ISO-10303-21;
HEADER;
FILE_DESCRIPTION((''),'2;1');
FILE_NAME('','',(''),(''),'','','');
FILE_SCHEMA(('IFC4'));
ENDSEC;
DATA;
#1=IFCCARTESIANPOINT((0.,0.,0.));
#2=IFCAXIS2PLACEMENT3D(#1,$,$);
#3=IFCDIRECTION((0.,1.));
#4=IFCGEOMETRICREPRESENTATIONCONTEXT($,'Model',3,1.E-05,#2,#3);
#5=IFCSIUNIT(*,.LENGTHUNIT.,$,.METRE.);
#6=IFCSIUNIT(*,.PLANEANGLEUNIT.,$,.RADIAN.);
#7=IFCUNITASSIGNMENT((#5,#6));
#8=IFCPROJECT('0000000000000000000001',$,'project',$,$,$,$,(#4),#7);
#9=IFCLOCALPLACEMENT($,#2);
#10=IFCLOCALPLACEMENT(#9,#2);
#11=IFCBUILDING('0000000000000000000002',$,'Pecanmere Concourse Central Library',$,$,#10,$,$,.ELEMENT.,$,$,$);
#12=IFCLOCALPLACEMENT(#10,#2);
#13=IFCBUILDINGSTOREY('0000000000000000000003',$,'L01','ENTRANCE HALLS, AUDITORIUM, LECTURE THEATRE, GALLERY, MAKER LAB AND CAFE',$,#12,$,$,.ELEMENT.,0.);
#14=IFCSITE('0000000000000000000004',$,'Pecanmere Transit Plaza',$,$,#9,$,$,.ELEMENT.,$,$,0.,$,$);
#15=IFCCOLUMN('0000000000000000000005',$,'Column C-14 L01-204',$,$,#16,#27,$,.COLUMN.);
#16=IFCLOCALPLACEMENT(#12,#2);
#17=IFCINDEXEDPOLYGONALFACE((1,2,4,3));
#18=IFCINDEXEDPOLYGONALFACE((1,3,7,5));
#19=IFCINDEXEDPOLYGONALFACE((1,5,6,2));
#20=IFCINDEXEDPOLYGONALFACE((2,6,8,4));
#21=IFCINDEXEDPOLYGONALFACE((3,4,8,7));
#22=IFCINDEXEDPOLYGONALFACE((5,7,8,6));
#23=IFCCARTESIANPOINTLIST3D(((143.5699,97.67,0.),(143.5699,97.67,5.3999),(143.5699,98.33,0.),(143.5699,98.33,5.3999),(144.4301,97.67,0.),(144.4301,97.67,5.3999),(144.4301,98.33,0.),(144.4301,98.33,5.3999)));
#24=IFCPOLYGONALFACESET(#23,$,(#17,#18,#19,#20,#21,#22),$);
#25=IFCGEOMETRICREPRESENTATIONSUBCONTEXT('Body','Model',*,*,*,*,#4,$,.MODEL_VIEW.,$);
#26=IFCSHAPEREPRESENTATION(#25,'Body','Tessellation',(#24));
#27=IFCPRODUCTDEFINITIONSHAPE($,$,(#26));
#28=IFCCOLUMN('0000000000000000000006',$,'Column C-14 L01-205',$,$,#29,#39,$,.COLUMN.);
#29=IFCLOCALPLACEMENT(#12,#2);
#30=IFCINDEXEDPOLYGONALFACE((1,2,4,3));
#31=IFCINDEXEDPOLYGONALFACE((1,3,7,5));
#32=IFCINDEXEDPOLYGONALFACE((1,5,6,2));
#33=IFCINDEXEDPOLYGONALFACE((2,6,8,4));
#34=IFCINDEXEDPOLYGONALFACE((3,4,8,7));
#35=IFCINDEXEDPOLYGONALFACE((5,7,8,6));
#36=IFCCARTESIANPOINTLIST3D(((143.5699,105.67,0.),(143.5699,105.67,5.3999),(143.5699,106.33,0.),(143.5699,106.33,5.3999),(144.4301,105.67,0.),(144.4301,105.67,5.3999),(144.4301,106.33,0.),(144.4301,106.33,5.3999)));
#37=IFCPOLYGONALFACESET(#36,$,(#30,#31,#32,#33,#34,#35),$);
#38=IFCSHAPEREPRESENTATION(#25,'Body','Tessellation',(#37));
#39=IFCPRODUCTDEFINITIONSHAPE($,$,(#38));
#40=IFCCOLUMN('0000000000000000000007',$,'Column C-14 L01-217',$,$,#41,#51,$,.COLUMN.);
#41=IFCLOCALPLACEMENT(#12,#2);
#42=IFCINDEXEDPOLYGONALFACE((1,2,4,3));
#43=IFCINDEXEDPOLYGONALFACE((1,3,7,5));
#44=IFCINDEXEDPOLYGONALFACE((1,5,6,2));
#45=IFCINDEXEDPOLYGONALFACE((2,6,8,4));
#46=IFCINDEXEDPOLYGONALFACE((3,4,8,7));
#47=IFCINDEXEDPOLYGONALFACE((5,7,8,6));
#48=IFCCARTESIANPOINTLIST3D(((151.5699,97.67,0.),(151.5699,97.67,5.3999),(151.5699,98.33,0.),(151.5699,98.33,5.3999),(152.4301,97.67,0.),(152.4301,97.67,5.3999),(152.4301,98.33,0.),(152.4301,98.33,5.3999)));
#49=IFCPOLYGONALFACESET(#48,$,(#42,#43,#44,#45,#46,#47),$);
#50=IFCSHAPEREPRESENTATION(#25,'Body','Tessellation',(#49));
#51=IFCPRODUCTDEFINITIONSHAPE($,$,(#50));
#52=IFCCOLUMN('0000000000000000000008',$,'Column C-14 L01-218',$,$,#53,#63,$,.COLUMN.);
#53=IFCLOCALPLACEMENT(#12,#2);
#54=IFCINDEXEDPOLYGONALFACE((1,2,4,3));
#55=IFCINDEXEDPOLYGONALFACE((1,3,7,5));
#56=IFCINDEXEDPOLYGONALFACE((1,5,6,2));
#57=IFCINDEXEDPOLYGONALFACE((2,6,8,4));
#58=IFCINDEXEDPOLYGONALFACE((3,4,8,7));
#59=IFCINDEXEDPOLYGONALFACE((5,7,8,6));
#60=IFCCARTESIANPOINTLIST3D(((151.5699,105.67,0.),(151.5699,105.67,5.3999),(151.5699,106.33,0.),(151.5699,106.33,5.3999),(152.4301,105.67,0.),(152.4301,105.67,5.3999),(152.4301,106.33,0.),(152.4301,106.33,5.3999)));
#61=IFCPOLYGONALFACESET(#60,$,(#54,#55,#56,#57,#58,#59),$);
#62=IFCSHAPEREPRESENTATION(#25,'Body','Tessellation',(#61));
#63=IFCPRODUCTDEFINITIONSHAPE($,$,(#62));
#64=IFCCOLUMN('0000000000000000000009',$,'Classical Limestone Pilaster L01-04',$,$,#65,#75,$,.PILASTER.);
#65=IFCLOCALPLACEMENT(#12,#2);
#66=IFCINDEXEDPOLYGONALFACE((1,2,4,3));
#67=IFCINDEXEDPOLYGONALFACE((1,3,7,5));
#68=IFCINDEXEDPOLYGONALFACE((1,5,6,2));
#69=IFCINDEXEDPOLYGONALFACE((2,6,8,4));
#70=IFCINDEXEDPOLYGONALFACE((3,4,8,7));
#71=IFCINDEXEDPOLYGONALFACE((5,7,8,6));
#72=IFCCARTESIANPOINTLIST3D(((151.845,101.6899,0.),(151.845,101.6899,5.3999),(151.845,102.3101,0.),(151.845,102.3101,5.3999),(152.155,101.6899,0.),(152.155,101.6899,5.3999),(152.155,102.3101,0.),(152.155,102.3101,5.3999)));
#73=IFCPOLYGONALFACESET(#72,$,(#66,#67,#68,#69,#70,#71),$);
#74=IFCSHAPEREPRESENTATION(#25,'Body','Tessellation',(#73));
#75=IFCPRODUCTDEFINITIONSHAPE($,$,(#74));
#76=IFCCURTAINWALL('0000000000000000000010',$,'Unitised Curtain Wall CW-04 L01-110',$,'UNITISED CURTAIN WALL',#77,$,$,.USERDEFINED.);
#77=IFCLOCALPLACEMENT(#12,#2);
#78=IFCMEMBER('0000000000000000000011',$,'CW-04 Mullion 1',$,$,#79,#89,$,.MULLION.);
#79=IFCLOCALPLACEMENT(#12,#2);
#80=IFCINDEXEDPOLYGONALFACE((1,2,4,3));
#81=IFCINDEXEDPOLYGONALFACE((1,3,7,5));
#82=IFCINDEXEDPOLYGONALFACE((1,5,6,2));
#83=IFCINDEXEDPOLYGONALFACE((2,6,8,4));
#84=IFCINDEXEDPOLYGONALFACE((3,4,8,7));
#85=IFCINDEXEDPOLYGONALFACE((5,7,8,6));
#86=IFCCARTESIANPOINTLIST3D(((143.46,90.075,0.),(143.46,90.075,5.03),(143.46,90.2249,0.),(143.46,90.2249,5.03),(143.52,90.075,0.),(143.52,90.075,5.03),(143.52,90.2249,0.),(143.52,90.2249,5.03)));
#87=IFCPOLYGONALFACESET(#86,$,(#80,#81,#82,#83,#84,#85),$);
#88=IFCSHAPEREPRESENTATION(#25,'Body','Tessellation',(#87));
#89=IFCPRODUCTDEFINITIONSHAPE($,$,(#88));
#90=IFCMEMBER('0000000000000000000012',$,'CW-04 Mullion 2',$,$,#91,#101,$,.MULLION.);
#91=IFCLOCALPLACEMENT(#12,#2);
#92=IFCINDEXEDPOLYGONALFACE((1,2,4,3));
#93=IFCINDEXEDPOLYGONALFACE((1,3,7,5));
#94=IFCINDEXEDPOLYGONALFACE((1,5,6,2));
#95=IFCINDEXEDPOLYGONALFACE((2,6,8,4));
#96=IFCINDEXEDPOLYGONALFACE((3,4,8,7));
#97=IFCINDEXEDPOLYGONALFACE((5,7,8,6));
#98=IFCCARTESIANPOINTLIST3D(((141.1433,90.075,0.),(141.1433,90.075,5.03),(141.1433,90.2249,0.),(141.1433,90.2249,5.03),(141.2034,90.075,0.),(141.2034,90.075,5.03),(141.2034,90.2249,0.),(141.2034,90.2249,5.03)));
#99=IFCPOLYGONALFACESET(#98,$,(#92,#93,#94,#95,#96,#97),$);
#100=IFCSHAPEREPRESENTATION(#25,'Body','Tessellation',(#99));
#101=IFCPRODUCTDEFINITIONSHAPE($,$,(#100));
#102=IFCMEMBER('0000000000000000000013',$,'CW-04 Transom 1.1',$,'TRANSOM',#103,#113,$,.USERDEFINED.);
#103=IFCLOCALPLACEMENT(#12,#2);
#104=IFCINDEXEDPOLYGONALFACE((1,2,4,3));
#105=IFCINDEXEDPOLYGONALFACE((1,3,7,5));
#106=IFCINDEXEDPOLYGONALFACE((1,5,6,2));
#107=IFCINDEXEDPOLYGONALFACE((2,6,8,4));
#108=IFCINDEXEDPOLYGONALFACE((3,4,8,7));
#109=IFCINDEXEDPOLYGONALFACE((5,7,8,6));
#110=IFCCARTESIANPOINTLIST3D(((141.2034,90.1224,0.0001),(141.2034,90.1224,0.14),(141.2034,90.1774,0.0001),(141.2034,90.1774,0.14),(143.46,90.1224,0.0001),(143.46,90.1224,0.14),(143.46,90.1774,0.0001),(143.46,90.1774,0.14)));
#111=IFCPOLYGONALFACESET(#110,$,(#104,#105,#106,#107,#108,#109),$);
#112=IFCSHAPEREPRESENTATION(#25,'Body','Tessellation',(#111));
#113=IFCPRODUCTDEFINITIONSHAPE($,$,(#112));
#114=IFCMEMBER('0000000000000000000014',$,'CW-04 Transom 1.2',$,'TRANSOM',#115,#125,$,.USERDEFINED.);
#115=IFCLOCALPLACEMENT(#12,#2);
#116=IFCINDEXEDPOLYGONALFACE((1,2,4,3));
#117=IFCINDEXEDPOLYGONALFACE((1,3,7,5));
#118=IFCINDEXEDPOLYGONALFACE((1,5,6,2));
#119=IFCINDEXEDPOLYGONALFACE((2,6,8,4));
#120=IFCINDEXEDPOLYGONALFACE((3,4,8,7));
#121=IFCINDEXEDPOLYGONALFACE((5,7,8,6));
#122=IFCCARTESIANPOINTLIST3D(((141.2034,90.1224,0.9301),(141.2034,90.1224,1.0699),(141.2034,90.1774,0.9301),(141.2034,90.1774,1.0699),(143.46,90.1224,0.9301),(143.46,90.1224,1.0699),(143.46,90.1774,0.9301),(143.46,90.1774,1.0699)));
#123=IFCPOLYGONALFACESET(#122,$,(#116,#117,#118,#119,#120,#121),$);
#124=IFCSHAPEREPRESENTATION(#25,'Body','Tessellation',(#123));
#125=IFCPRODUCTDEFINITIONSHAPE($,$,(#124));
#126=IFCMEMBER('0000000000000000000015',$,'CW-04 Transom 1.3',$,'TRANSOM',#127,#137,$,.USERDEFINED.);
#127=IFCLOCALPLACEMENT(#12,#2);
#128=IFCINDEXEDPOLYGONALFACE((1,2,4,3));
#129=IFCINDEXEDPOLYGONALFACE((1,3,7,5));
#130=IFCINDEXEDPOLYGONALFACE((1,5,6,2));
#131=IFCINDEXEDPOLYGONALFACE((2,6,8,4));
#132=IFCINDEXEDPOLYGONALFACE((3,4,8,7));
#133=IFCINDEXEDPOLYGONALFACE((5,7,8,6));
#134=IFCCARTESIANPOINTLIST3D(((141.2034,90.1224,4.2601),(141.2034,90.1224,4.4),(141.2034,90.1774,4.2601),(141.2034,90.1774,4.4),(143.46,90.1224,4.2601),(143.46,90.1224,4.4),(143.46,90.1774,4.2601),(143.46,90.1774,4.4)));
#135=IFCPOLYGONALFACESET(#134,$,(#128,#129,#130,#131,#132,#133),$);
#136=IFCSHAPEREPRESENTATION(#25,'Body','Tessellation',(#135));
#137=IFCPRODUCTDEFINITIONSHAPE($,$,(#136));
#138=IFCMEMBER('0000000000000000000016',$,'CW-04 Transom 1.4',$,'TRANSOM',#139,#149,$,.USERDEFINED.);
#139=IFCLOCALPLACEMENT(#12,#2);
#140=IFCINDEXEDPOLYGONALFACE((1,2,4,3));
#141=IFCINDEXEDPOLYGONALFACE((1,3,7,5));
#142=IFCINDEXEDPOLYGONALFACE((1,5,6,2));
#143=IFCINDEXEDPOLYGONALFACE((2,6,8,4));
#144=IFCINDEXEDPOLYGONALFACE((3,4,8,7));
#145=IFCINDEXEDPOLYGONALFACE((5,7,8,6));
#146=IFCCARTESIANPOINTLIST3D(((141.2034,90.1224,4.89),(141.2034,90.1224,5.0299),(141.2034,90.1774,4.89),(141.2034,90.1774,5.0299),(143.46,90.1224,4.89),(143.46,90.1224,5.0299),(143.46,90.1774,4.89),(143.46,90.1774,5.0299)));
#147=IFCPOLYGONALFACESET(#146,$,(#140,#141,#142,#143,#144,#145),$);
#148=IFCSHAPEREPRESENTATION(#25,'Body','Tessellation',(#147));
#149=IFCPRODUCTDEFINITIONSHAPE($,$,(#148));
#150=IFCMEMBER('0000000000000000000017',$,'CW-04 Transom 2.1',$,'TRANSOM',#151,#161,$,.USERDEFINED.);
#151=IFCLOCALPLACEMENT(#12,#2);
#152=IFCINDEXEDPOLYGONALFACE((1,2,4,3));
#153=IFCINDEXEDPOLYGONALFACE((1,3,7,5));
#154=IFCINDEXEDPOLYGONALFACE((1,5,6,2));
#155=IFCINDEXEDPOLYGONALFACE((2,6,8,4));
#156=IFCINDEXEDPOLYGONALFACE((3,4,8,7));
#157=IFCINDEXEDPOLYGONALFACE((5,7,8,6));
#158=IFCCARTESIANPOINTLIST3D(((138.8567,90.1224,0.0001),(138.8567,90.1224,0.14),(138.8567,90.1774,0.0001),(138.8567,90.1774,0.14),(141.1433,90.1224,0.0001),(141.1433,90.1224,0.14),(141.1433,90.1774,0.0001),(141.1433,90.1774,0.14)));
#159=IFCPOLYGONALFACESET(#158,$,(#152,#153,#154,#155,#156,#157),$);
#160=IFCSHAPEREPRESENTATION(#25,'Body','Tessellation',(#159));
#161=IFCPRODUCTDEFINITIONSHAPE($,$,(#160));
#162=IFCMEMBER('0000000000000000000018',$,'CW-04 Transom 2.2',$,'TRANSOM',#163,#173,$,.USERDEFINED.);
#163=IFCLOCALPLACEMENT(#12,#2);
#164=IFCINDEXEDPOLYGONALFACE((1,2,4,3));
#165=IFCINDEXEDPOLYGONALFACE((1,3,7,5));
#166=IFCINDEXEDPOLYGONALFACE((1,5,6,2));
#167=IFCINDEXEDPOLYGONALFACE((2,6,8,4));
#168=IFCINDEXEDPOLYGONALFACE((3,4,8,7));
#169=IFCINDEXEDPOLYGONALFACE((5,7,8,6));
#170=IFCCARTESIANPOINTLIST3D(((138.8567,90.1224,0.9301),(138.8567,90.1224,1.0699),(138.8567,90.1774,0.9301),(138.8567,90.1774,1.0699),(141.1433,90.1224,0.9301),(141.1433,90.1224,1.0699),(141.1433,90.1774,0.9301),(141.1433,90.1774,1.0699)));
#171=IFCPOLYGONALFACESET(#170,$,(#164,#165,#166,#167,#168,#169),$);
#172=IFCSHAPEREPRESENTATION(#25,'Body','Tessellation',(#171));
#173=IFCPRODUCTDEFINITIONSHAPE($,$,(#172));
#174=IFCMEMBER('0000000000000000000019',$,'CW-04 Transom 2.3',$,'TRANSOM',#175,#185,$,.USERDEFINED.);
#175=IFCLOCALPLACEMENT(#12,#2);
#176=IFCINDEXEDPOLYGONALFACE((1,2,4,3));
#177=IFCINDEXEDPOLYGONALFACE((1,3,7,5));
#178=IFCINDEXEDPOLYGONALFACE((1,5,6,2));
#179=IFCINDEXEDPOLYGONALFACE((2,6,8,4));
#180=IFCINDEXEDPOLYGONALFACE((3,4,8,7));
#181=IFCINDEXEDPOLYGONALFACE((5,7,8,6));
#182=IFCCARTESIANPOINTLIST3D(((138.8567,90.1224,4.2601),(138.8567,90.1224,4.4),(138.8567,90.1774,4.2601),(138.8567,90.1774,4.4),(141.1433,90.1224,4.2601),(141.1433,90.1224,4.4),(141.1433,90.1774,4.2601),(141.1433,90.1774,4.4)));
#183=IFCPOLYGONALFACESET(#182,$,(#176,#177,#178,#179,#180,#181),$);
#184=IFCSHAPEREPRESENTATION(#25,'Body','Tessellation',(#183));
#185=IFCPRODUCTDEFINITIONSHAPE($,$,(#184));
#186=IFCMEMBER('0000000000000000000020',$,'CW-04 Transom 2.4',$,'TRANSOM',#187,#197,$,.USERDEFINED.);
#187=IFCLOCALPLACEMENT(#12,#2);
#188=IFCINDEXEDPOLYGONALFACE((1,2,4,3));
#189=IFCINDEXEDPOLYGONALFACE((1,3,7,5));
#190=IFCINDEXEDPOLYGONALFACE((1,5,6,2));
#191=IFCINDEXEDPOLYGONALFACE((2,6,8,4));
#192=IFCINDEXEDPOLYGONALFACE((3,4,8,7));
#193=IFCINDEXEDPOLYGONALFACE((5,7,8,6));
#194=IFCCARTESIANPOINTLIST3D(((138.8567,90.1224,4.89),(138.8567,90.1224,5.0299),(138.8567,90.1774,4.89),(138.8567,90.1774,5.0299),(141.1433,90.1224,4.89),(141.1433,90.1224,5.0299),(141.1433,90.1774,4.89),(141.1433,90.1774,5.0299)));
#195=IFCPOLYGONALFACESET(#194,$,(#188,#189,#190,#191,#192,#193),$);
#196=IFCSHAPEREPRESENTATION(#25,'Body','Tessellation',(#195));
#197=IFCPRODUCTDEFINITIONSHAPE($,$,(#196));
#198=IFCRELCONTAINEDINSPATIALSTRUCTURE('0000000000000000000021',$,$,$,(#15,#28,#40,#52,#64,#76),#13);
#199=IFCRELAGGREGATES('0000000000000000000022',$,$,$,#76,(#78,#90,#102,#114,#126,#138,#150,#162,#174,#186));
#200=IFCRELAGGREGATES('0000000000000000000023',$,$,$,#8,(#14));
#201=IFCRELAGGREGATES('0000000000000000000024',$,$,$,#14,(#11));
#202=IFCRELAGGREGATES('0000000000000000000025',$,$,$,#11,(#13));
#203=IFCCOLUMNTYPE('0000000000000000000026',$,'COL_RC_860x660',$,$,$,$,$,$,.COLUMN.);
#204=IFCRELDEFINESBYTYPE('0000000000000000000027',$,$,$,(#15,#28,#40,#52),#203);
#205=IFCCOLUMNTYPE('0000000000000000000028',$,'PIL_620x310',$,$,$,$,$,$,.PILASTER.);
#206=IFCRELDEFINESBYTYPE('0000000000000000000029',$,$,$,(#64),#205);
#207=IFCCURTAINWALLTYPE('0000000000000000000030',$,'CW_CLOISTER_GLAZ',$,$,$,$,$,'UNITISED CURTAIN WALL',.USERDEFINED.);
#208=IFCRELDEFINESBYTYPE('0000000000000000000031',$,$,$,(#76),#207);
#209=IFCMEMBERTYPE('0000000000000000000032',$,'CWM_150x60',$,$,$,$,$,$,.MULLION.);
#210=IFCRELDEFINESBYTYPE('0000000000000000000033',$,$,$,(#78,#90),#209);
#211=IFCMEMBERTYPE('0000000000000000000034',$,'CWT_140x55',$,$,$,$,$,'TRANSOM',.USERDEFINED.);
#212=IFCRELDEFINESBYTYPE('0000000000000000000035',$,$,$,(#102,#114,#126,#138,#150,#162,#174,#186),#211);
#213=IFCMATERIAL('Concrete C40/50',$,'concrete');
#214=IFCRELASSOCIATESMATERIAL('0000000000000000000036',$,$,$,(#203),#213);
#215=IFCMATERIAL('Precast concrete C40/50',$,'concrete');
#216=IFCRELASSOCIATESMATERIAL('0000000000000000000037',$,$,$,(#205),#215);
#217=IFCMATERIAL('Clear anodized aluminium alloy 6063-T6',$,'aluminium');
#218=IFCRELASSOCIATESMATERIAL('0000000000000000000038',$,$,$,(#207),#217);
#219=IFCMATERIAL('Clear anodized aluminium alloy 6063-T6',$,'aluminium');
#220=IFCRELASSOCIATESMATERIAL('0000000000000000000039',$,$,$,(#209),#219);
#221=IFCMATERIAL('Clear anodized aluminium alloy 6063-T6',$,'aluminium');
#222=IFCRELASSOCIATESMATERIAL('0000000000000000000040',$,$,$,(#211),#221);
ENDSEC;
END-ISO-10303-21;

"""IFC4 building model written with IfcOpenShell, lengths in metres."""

from ifc_helpers import new_model, si_unit, direction, frame, origin, origin_2d, place, context, subcontext, project, spatial, rectangle, extrude, material, material_profile, profile_set, type_object, element, aggregate, save


model = new_model("IFC4")

# Units and contexts
model_context = context("Model", 3, precision=1e-05, world=origin(), true_north=direction((0.0, 1.0)))
body_context = subcontext(model_context, "Body", "Model", "MODEL_VIEW")
ifc_project = project(units=[si_unit("LENGTHUNIT", "METRE"), si_unit("PLANEANGLEUNIT", "RADIAN")], contexts=[model_context])

# Site, building, storey
site_placement = place(None, origin())
site = spatial("IfcSite", under=ifc_project, at=site_placement, Name="Pecanmere Transit Plaza", CompositionType="ELEMENT", RefElevation=0.0)
building_placement = place(site_placement, origin())
building = spatial("IfcBuilding", under=site, at=building_placement, Name="Pecanmere Concourse Central Library", CompositionType="ELEMENT")
storey_placement = place(building_placement, origin())
storey = spatial("IfcBuildingStorey", under=building, at=storey_placement, Name="L01", Description="ENTRANCE HALLS, AUDITORIUM, LECTURE THEATRE, GALLERY, MAKER LAB AND CAFE", CompositionType="ELEMENT", Elevation=0.0)

# Columns
ifc_material_1 = material(Name="Concrete C40/50", Category="concrete")
ifc_material_profile_1 = material_profile(ifc_material_1, rectangle(XDim=0.8601, YDim=0.6599, at=origin_2d()), Name="RC 860x660")
ifc_profile_set_1 = profile_set([ifc_material_profile_1], Name="Concrete C40/50")
column_type_1 = type_object("IfcColumnType", Name="COL_RC_860x660", PredefinedType="COLUMN", material=ifc_profile_set_1)
for number, where, z_axis, x_axis, name in (
    (1, (144.0, 98.0, 0.0), (0.0, 0.0, 1.0), (1.0, 0.0, 0.0), "Column C-14 L01-204"),
    (2, (144.0, 106.0, 0.0), (0.0, 0.0, 1.0), (1.0, 0.0, 0.0), "Column C-14 L01-205"),
    (3, (152.0, 98.0, 0.0), (0.0, 0.0, 1.0), (1.0, 0.0, 0.0), "Column C-14 L01-217"),
    (4, (152.0, 106.0, 0.0), (0.0, 0.0, 1.0), (1.0, 0.0, 0.0), "Column C-14 L01-218"),
):
    element("IfcColumn", number, at=place(storey_placement, frame(where, z_axis=z_axis, x_axis=x_axis)), inside=storey, type_object=column_type_1, Name=name, PredefinedType="COLUMN", context=body_context, shape_type="SweptSolid", body=[
        extrude(rectangle(XDim=0.8601, YDim=0.6599, at=origin_2d()), origin(), (0.0, 0.0, 1.0), 5.3999),
    ])
ifc_material_2 = material(Name="Precast concrete C40/50", Category="concrete")
ifc_material_profile_2 = material_profile(ifc_material_2, rectangle(XDim=0.6201, YDim=0.3101, at=origin_2d()), Name="RC 620x310")
ifc_profile_set_2 = profile_set([ifc_material_profile_2], Name="Precast concrete C40/50")
column_type_2 = type_object("IfcColumnType", Name="PIL_620x310", PredefinedType="PILASTER", material=ifc_profile_set_2)
column_placement = place(storey_placement, frame((152.0, 102.0, 0.0), z_axis=(0.0, 0.0, 1.0), x_axis=(0.0, 1.0, 0.0)))
element("IfcColumn", 5, at=column_placement, inside=storey, type_object=column_type_2, Name="Classical Limestone Pilaster L01-04", PredefinedType="PILASTER", context=body_context, shape_type="SweptSolid", body=[
    extrude(rectangle(XDim=0.6201, YDim=0.3101, at=origin_2d()), origin(), (0.0, 0.0, 1.0), 5.3999),
])

# Curtain wall, members
ifc_material_3 = material(Name="Clear anodized aluminium alloy 6063-T6", Category="aluminium")
curtain_wall_type = type_object("IfcCurtainWallType", Name="CW_CLOISTER_GLAZ", ElementType="UNITISED CURTAIN WALL", PredefinedType="USERDEFINED", material=ifc_material_3)
curtain_wall_placement = place(storey_placement, origin())
curtain_wall = element("IfcCurtainWall", 6, at=curtain_wall_placement, inside=storey, type_object=curtain_wall_type, Name="Unitised Curtain Wall CW-04 L01-110", ObjectType="UNITISED CURTAIN WALL", PredefinedType="USERDEFINED")
ifc_material_4 = material(Name="Clear anodized aluminium alloy 6063-T6", Category="aluminium")
ifc_material_profile_3 = material_profile(ifc_material_4, rectangle(XDim=0.0601, YDim=0.1499, at=origin_2d()), Name="AL 60x150")
ifc_profile_set_3 = profile_set([ifc_material_profile_3], Name="Clear anodized aluminium alloy 6063-T6")
member_type_1 = type_object("IfcMemberType", Name="CWM_150x60", PredefinedType="MULLION", material=ifc_profile_set_3)
member_1_placement = place(storey_placement, frame((143.49, 90.1499, 0.0), z_axis=(0.0, 0.0, 1.0), x_axis=(-1.0, 0.0, 0.0)))
member_1 = element("IfcMember", 7, at=member_1_placement, type_object=member_type_1, Name="CW-04 Mullion 1", PredefinedType="MULLION", context=body_context, shape_type="SweptSolid", body=[
    extrude(rectangle(XDim=0.0601, YDim=0.1499, at=origin_2d()), origin(), (0.0, 0.0, 1.0), 5.03),
])
member_2_placement = place(storey_placement, frame((141.1733, 90.1499, 0.0), z_axis=(0.0, 0.0, 1.0), x_axis=(-1.0, 0.0, 0.0)))
member_2 = element("IfcMember", 8, at=member_2_placement, type_object=member_type_1, Name="CW-04 Mullion 2", PredefinedType="MULLION", context=body_context, shape_type="SweptSolid", body=[
    extrude(rectangle(XDim=0.0601, YDim=0.1499, at=origin_2d()), origin(), (0.0, 0.0, 1.0), 5.03),
])
ifc_material_5 = material(Name="Clear anodized aluminium alloy 6063-T6", Category="aluminium")
ifc_material_profile_4 = material_profile(ifc_material_5, rectangle(XDim=0.0549, YDim=0.1399, at=origin_2d()), Name="AL 55x140")
ifc_profile_set_4 = profile_set([ifc_material_profile_4], Name="Clear anodized aluminium alloy 6063-T6")
member_type_2 = type_object("IfcMemberType", Name="CWT_140x55", ElementType="TRANSOM", PredefinedType="USERDEFINED", material=ifc_profile_set_4)
member_3_placement = place(storey_placement, frame((143.46, 90.1499, 0.0701), z_axis=(-1.0, 0.0, 0.0), x_axis=(0.0, -1.0, 0.0)))
member_3 = element("IfcMember", 9, at=member_3_placement, type_object=member_type_2, Name="CW-04 Transom 1.1", ObjectType="TRANSOM", PredefinedType="USERDEFINED", context=body_context, shape_type="SweptSolid", body=[
    extrude(rectangle(XDim=0.0549, YDim=0.1399, at=origin_2d()), origin(), (0.0, 0.0, 1.0), 2.2566),
])
member_4_placement = place(storey_placement, frame((143.46, 90.1499, 1.0), z_axis=(-1.0, 0.0, 0.0), x_axis=(0.0, -1.0, 0.0)))
member_4 = element("IfcMember", 10, at=member_4_placement, type_object=member_type_2, Name="CW-04 Transom 1.2", ObjectType="TRANSOM", PredefinedType="USERDEFINED", context=body_context, shape_type="SweptSolid", body=[
    extrude(rectangle(XDim=0.0549, YDim=0.1399, at=origin_2d()), origin(), (0.0, 0.0, 1.0), 2.2566),
])
member_5_placement = place(storey_placement, frame((143.46, 90.1499, 4.3301), z_axis=(-1.0, 0.0, 0.0), x_axis=(0.0, -1.0, 0.0)))
member_5 = element("IfcMember", 11, at=member_5_placement, type_object=member_type_2, Name="CW-04 Transom 1.3", ObjectType="TRANSOM", PredefinedType="USERDEFINED", context=body_context, shape_type="SweptSolid", body=[
    extrude(rectangle(XDim=0.0549, YDim=0.1399, at=origin_2d()), origin(), (0.0, 0.0, 1.0), 2.2566),
])
member_6_placement = place(storey_placement, frame((143.46, 90.1499, 4.96), z_axis=(-1.0, 0.0, 0.0), x_axis=(0.0, -1.0, 0.0)))
member_6 = element("IfcMember", 12, at=member_6_placement, type_object=member_type_2, Name="CW-04 Transom 1.4", ObjectType="TRANSOM", PredefinedType="USERDEFINED", context=body_context, shape_type="SweptSolid", body=[
    extrude(rectangle(XDim=0.0549, YDim=0.1399, at=origin_2d()), origin(), (0.0, 0.0, 1.0), 2.2566),
])
member_7_placement = place(storey_placement, frame((141.1433, 90.1499, 0.0701), z_axis=(-1.0, 0.0, 0.0), x_axis=(0.0, -1.0, 0.0)))
member_7 = element("IfcMember", 13, at=member_7_placement, type_object=member_type_2, Name="CW-04 Transom 2.1", ObjectType="TRANSOM", PredefinedType="USERDEFINED", context=body_context, shape_type="SweptSolid", body=[
    extrude(rectangle(XDim=0.0549, YDim=0.1399, at=origin_2d()), origin(), (0.0, 0.0, 1.0), 2.2866),
])
member_8_placement = place(storey_placement, frame((141.1433, 90.1499, 1.0), z_axis=(-1.0, 0.0, 0.0), x_axis=(0.0, -1.0, 0.0)))
member_8 = element("IfcMember", 14, at=member_8_placement, type_object=member_type_2, Name="CW-04 Transom 2.2", ObjectType="TRANSOM", PredefinedType="USERDEFINED", context=body_context, shape_type="SweptSolid", body=[
    extrude(rectangle(XDim=0.0549, YDim=0.1399, at=origin_2d()), origin(), (0.0, 0.0, 1.0), 2.2866),
])
member_9_placement = place(storey_placement, frame((141.1433, 90.1499, 4.3301), z_axis=(-1.0, 0.0, 0.0), x_axis=(0.0, -1.0, 0.0)))
member_9 = element("IfcMember", 15, at=member_9_placement, type_object=member_type_2, Name="CW-04 Transom 2.3", ObjectType="TRANSOM", PredefinedType="USERDEFINED", context=body_context, shape_type="SweptSolid", body=[
    extrude(rectangle(XDim=0.0549, YDim=0.1399, at=origin_2d()), origin(), (0.0, 0.0, 1.0), 2.2866),
])
member_10_placement = place(storey_placement, frame((141.1433, 90.1499, 4.96), z_axis=(-1.0, 0.0, 0.0), x_axis=(0.0, -1.0, 0.0)))
member_10 = element("IfcMember", 16, at=member_10_placement, type_object=member_type_2, Name="CW-04 Transom 2.4", ObjectType="TRANSOM", PredefinedType="USERDEFINED", context=body_context, shape_type="SweptSolid", body=[
    extrude(rectangle(XDim=0.0549, YDim=0.1399, at=origin_2d()), origin(), (0.0, 0.0, 1.0), 2.2866),
])
aggregate(curtain_wall, [member_1, member_2, member_3, member_4, member_5, member_6, member_7, member_8, member_9, member_10])

save(model, "model.ifc")
